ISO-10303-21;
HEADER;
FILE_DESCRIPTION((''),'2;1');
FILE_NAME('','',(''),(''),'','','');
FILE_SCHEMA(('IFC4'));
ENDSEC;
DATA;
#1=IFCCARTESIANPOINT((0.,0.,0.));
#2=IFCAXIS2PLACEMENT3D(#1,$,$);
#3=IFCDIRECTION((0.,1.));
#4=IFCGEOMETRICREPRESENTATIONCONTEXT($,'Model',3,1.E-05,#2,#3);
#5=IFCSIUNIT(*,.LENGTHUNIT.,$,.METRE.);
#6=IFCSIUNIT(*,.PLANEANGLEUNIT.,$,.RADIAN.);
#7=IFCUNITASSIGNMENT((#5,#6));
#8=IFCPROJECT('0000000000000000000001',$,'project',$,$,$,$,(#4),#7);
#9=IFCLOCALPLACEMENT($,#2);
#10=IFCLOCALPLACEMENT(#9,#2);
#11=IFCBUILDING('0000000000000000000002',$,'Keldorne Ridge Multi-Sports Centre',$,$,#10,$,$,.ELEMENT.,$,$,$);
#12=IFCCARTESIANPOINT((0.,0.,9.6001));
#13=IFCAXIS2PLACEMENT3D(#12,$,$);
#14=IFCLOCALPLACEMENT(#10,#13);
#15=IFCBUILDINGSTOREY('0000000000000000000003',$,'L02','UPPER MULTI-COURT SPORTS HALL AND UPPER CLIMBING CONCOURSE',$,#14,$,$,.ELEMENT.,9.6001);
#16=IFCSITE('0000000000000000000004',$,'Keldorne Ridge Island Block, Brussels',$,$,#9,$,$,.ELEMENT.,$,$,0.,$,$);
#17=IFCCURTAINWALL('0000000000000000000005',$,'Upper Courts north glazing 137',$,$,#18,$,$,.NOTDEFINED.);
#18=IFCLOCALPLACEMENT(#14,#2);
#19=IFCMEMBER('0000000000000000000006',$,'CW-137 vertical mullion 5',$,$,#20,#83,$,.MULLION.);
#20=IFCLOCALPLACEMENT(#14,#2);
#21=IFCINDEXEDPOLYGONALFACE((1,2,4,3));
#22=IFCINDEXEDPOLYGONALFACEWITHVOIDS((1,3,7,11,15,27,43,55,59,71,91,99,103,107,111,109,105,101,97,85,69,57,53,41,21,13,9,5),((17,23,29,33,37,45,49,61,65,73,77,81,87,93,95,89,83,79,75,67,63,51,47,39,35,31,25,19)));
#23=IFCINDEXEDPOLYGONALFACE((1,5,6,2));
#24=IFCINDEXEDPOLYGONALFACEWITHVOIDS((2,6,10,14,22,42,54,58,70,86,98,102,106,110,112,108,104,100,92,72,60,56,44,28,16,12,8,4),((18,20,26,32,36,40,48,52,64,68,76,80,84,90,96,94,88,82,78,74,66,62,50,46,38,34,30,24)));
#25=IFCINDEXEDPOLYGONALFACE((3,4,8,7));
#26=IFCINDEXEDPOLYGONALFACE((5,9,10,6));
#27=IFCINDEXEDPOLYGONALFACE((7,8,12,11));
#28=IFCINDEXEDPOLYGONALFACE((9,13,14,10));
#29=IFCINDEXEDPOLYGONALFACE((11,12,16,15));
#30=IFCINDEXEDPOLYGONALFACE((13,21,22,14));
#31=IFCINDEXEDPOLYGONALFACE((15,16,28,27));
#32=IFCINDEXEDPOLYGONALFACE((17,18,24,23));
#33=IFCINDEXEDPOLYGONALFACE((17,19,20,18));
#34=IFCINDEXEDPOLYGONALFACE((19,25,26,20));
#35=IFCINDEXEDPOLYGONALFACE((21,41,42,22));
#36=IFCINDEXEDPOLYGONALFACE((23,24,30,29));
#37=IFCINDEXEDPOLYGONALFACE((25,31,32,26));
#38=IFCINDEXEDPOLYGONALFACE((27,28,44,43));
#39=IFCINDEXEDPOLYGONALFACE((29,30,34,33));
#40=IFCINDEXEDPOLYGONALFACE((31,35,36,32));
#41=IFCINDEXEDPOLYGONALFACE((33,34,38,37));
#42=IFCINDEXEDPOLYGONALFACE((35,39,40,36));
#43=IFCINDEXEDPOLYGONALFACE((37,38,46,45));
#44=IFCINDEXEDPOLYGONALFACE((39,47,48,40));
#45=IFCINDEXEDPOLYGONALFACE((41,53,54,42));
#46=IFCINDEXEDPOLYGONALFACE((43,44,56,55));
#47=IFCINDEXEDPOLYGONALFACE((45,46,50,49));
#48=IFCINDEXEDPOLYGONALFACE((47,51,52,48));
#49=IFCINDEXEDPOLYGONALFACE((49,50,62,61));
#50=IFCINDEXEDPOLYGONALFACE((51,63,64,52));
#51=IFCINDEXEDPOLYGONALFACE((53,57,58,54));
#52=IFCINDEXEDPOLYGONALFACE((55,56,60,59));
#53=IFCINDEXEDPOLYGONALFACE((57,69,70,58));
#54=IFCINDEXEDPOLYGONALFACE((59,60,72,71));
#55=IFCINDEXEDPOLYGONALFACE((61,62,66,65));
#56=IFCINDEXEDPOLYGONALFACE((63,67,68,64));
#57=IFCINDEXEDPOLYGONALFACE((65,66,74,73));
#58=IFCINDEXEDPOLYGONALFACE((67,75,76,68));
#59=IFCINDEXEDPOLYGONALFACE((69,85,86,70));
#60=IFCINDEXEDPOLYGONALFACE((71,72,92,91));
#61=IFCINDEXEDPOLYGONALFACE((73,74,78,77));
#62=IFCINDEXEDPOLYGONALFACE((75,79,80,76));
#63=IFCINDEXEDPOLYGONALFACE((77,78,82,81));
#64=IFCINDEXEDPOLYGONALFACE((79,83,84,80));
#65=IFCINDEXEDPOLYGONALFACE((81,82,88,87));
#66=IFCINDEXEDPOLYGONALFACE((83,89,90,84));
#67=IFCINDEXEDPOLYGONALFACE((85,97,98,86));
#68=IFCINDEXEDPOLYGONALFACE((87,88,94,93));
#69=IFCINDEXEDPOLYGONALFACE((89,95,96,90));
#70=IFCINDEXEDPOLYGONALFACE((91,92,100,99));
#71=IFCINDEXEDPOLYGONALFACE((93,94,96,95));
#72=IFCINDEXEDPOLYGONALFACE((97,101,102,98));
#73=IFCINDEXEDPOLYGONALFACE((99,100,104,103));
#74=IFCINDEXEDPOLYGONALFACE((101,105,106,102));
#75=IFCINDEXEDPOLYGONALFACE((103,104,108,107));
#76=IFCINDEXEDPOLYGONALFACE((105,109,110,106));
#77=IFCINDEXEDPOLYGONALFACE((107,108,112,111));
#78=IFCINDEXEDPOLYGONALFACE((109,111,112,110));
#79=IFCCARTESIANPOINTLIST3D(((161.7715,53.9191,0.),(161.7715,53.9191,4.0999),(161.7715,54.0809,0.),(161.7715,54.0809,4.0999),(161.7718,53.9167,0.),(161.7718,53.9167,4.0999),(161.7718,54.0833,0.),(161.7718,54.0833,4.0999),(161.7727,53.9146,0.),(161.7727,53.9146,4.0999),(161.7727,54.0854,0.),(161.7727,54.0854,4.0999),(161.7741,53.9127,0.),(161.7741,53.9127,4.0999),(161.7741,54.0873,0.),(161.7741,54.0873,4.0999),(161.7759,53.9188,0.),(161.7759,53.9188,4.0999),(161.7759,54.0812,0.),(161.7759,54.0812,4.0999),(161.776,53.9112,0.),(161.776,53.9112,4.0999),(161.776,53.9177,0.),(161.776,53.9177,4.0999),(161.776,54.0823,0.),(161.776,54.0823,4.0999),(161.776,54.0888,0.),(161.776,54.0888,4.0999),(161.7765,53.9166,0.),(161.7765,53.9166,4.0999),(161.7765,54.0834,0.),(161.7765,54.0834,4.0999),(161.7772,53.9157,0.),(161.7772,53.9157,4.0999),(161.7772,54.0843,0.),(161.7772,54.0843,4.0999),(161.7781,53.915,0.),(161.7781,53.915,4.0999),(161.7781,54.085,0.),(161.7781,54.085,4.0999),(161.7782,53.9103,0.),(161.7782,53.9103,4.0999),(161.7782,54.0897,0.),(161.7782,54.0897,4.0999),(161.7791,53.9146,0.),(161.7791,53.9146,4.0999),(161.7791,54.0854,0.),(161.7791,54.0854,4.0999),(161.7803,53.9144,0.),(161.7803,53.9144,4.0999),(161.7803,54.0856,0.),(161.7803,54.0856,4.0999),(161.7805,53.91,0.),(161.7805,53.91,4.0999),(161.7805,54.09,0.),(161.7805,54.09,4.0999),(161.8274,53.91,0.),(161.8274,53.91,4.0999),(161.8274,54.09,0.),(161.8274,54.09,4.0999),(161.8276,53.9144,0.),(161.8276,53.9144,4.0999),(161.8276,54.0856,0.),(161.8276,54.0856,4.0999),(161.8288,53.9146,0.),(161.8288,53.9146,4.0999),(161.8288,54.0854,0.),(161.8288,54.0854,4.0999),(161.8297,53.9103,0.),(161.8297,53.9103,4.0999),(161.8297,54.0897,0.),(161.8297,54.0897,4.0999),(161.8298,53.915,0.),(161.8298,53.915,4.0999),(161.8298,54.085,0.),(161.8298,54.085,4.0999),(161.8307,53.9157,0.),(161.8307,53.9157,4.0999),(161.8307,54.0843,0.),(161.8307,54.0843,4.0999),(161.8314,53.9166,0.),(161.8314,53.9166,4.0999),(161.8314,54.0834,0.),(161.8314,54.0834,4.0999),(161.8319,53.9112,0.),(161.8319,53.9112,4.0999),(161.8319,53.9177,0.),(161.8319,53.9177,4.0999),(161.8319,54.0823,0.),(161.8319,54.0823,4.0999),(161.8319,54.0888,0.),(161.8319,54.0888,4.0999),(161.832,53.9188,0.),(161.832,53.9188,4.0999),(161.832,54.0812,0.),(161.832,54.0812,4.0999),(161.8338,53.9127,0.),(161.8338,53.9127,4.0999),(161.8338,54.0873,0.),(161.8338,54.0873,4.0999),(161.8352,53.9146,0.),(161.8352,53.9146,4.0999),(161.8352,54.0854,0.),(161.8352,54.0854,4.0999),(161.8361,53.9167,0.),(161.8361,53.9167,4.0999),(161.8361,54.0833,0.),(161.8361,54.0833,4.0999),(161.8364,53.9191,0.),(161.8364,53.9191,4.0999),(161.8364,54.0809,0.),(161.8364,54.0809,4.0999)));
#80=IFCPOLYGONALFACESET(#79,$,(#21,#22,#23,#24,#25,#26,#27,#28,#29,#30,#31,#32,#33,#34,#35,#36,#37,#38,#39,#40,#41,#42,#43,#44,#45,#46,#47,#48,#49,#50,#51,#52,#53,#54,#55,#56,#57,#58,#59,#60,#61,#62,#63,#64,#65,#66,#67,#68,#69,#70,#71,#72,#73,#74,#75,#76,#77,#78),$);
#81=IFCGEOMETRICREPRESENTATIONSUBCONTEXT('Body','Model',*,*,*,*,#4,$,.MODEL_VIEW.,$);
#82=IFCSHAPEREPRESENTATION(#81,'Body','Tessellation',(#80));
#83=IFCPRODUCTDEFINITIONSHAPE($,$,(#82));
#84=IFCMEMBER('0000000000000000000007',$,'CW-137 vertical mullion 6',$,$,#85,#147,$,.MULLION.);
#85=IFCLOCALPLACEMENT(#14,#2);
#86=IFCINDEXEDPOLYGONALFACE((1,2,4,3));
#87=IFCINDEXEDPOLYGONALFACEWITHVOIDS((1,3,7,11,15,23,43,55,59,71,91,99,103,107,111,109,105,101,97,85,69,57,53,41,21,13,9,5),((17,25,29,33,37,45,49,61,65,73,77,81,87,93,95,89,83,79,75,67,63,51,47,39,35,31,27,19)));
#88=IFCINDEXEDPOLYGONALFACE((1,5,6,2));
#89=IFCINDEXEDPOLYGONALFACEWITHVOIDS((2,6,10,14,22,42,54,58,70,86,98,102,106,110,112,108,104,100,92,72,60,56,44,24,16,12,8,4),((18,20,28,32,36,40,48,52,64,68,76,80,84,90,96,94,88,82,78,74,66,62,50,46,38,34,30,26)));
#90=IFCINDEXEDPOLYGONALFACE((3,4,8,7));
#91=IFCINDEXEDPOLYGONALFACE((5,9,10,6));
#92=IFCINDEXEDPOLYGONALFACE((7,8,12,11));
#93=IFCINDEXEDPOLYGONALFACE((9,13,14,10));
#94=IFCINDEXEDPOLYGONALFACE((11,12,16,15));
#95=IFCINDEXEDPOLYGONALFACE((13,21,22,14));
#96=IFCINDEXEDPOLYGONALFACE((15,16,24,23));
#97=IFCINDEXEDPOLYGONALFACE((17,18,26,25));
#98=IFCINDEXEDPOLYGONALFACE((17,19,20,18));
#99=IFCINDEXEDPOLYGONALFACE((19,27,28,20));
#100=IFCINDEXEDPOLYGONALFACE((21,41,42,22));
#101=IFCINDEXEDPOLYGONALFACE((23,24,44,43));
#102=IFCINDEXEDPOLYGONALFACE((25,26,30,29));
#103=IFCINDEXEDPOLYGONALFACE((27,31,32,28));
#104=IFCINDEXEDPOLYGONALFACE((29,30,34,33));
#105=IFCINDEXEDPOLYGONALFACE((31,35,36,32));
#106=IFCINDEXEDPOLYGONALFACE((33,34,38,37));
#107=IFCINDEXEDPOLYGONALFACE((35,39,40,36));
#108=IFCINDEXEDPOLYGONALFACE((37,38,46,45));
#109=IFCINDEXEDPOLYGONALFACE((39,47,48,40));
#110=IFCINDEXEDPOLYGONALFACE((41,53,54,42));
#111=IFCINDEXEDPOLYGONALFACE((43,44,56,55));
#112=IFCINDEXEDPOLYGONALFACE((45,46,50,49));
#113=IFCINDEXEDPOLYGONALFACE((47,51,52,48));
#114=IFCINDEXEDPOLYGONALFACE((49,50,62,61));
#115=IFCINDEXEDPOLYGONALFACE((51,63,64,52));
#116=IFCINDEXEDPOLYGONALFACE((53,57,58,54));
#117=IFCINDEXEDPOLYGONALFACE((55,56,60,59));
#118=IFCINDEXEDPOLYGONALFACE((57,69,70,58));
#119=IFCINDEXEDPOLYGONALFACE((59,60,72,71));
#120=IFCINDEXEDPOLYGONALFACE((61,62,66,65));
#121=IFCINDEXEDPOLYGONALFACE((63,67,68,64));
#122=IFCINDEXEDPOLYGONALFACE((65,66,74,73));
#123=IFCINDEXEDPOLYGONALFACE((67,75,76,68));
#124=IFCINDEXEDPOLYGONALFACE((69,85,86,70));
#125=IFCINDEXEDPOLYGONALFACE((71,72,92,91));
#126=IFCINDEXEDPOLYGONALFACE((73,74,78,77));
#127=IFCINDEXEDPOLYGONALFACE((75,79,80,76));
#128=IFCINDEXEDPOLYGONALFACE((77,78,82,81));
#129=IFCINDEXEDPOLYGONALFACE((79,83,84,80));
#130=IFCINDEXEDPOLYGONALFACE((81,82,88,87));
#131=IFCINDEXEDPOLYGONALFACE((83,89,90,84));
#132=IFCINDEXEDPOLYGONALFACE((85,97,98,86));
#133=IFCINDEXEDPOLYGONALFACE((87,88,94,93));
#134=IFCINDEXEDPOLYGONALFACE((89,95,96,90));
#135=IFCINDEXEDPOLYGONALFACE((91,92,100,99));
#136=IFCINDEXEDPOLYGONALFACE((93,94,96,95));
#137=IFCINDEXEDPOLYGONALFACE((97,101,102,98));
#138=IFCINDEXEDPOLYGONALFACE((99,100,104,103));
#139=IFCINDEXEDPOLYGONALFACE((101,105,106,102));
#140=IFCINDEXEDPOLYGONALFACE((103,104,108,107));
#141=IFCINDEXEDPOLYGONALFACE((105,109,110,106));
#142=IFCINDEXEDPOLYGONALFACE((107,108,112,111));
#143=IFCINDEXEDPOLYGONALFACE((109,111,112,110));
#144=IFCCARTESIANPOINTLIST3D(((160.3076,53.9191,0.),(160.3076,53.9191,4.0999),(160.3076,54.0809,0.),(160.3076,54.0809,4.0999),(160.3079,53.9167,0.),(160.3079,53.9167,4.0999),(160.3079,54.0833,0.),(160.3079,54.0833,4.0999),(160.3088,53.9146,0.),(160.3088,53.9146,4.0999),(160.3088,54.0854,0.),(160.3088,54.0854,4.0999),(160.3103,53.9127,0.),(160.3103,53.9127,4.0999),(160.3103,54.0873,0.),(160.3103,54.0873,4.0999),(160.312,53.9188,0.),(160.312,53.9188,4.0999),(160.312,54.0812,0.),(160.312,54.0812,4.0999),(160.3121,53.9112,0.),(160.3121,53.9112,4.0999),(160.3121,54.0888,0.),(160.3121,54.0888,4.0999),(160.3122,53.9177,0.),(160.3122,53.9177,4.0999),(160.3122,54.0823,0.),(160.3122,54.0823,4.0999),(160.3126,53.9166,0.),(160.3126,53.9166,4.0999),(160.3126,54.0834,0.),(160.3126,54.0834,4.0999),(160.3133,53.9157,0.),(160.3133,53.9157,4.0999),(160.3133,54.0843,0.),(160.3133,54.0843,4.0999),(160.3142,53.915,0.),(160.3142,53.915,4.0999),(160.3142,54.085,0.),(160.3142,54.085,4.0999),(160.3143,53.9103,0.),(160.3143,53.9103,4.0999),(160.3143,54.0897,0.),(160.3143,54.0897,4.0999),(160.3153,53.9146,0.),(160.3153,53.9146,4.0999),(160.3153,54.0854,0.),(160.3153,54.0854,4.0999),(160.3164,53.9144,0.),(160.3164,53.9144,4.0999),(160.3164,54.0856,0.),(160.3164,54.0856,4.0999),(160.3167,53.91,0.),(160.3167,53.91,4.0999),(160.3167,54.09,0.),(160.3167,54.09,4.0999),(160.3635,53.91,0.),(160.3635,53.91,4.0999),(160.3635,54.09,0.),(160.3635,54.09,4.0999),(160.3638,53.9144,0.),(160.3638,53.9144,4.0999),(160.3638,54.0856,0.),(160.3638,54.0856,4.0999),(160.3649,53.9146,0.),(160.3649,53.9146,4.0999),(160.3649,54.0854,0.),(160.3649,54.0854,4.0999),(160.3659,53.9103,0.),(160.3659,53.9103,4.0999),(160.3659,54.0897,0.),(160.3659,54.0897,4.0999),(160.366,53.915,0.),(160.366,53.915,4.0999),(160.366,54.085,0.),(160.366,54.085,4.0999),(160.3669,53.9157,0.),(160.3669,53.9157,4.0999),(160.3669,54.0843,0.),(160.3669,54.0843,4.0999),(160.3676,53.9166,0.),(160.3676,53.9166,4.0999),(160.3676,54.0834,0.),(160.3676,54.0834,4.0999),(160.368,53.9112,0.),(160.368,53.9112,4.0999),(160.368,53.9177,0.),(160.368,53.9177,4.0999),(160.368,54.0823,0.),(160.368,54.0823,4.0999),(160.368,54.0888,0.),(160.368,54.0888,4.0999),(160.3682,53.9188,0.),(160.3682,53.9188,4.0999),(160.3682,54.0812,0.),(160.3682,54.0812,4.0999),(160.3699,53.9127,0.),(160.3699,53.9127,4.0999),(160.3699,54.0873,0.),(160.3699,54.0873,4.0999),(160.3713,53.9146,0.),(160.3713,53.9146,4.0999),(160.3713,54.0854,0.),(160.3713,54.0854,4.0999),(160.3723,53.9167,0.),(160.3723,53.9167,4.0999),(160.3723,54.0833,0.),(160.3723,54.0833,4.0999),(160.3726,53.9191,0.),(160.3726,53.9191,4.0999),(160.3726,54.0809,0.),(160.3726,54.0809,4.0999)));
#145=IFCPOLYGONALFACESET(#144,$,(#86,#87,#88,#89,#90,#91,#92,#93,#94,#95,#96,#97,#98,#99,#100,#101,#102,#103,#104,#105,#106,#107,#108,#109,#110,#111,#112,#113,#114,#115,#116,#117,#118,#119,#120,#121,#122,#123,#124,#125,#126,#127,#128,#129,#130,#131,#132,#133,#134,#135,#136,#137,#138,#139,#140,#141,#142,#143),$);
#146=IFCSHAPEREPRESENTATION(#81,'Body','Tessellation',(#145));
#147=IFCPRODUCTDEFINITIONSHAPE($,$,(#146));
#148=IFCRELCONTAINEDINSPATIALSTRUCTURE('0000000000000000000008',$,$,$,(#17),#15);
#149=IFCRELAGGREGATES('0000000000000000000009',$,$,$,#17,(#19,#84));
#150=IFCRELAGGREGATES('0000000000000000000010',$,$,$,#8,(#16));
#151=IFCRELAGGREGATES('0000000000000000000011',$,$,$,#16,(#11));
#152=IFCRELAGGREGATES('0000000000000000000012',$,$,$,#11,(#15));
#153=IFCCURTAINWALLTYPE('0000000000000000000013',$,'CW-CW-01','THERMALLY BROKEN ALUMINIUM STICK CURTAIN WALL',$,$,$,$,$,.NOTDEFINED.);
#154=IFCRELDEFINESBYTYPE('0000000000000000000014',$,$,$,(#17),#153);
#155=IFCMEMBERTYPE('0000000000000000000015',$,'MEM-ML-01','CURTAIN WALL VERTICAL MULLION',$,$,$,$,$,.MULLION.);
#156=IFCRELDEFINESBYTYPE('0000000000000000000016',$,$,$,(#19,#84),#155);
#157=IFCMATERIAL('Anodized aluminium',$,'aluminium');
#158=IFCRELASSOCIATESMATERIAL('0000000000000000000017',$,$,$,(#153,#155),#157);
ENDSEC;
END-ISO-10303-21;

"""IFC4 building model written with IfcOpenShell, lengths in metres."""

from ifc_helpers import new_model, si_unit, direction, frame, origin, origin_2d, place, context, subcontext, project, spatial, hollow_rectangle, extrude, material, material_profile, profile_set, type_object, element, aggregate, save


model = new_model("IFC4")

# Units and contexts
model_context = context("Model", 3, precision=1e-05, world=origin(), true_north=direction((0.0, 1.0)))
body_context = subcontext(model_context, "Body", "Model", "MODEL_VIEW")
ifc_project = project(units=[si_unit("LENGTHUNIT", "METRE"), si_unit("PLANEANGLEUNIT", "RADIAN")], contexts=[model_context])

# Site, building, storey
site_placement = place(None, origin())
site = spatial("IfcSite", under=ifc_project, at=site_placement, Name="Keldorne Ridge Island Block, Brussels", CompositionType="ELEMENT", RefElevation=0.0)
building_placement = place(site_placement, origin())
building = spatial("IfcBuilding", under=site, at=building_placement, Name="Keldorne Ridge Multi-Sports Centre", CompositionType="ELEMENT")
storey_placement = place(building_placement, frame((0.0, 0.0, 9.6001)))
storey = spatial("IfcBuildingStorey", under=building, at=storey_placement, Name="L02", Description="UPPER MULTI-COURT SPORTS HALL AND UPPER CLIMBING CONCOURSE", CompositionType="ELEMENT", Elevation=9.6001)

# Curtain wall, members
ifc_material_1 = material(Name="Anodized aluminium", Category="aluminium")
curtain_wall_type_1 = type_object("IfcCurtainWallType", Name="CW-CW-01", Description="THERMALLY BROKEN ALUMINIUM STICK CURTAIN WALL", PredefinedType="NOTDEFINED", material=ifc_material_1)
curtain_wall_1_placement = place(storey_placement, origin())
curtain_wall_1 = element("IfcCurtainWall", 1, at=curtain_wall_1_placement, inside=storey, type_object=curtain_wall_type_1, Name="Upper Courts north glazing 137", PredefinedType="NOTDEFINED")
ifc_material_profile_1 = material_profile(ifc_material_1, hollow_rectangle(XDim=0.0649, YDim=0.1799, WallThickness=0.0044, InnerFilletRadius=0.0044, OuterFilletRadius=0.009, at=origin_2d()), Name="ALU MULLION 180x65x4.5")
ifc_profile_set_1 = profile_set([ifc_material_profile_1], Name="Anodized aluminium")
member_type_1 = type_object("IfcMemberType", Name="MEM-ML-01", Description="CURTAIN WALL VERTICAL MULLION", PredefinedType="MULLION", material=ifc_profile_set_1)
member_1_placement = place(storey_placement, frame((161.804, 54.0, 0.0), z_axis=(0.0, 0.0, 1.0), x_axis=(1.0, 0.0, 0.0)))
member_1 = element("IfcMember", 2, at=member_1_placement, type_object=member_type_1, Name="CW-137 vertical mullion 5", PredefinedType="MULLION", context=body_context, shape_type="SweptSolid", body=[
    extrude(hollow_rectangle(XDim=0.0649, YDim=0.1799, WallThickness=0.0044, InnerFilletRadius=0.0044, OuterFilletRadius=0.009, at=origin_2d()), origin(), (0.0, 0.0, 1.0), 4.0999),
])
member_2_placement = place(storey_placement, frame((160.3401, 54.0, 0.0), z_axis=(0.0, 0.0, 1.0), x_axis=(1.0, 0.0, 0.0)))
member_2 = element("IfcMember", 3, at=member_2_placement, type_object=member_type_1, Name="CW-137 vertical mullion 6", PredefinedType="MULLION", context=body_context, shape_type="SweptSolid", body=[
    extrude(hollow_rectangle(XDim=0.0649, YDim=0.1799, WallThickness=0.0044, InnerFilletRadius=0.0044, OuterFilletRadius=0.009, at=origin_2d()), origin(), (0.0, 0.0, 1.0), 4.0999),
])

aggregate(curtain_wall_1, [member_1, member_2])

save(model, "model.ifc")
